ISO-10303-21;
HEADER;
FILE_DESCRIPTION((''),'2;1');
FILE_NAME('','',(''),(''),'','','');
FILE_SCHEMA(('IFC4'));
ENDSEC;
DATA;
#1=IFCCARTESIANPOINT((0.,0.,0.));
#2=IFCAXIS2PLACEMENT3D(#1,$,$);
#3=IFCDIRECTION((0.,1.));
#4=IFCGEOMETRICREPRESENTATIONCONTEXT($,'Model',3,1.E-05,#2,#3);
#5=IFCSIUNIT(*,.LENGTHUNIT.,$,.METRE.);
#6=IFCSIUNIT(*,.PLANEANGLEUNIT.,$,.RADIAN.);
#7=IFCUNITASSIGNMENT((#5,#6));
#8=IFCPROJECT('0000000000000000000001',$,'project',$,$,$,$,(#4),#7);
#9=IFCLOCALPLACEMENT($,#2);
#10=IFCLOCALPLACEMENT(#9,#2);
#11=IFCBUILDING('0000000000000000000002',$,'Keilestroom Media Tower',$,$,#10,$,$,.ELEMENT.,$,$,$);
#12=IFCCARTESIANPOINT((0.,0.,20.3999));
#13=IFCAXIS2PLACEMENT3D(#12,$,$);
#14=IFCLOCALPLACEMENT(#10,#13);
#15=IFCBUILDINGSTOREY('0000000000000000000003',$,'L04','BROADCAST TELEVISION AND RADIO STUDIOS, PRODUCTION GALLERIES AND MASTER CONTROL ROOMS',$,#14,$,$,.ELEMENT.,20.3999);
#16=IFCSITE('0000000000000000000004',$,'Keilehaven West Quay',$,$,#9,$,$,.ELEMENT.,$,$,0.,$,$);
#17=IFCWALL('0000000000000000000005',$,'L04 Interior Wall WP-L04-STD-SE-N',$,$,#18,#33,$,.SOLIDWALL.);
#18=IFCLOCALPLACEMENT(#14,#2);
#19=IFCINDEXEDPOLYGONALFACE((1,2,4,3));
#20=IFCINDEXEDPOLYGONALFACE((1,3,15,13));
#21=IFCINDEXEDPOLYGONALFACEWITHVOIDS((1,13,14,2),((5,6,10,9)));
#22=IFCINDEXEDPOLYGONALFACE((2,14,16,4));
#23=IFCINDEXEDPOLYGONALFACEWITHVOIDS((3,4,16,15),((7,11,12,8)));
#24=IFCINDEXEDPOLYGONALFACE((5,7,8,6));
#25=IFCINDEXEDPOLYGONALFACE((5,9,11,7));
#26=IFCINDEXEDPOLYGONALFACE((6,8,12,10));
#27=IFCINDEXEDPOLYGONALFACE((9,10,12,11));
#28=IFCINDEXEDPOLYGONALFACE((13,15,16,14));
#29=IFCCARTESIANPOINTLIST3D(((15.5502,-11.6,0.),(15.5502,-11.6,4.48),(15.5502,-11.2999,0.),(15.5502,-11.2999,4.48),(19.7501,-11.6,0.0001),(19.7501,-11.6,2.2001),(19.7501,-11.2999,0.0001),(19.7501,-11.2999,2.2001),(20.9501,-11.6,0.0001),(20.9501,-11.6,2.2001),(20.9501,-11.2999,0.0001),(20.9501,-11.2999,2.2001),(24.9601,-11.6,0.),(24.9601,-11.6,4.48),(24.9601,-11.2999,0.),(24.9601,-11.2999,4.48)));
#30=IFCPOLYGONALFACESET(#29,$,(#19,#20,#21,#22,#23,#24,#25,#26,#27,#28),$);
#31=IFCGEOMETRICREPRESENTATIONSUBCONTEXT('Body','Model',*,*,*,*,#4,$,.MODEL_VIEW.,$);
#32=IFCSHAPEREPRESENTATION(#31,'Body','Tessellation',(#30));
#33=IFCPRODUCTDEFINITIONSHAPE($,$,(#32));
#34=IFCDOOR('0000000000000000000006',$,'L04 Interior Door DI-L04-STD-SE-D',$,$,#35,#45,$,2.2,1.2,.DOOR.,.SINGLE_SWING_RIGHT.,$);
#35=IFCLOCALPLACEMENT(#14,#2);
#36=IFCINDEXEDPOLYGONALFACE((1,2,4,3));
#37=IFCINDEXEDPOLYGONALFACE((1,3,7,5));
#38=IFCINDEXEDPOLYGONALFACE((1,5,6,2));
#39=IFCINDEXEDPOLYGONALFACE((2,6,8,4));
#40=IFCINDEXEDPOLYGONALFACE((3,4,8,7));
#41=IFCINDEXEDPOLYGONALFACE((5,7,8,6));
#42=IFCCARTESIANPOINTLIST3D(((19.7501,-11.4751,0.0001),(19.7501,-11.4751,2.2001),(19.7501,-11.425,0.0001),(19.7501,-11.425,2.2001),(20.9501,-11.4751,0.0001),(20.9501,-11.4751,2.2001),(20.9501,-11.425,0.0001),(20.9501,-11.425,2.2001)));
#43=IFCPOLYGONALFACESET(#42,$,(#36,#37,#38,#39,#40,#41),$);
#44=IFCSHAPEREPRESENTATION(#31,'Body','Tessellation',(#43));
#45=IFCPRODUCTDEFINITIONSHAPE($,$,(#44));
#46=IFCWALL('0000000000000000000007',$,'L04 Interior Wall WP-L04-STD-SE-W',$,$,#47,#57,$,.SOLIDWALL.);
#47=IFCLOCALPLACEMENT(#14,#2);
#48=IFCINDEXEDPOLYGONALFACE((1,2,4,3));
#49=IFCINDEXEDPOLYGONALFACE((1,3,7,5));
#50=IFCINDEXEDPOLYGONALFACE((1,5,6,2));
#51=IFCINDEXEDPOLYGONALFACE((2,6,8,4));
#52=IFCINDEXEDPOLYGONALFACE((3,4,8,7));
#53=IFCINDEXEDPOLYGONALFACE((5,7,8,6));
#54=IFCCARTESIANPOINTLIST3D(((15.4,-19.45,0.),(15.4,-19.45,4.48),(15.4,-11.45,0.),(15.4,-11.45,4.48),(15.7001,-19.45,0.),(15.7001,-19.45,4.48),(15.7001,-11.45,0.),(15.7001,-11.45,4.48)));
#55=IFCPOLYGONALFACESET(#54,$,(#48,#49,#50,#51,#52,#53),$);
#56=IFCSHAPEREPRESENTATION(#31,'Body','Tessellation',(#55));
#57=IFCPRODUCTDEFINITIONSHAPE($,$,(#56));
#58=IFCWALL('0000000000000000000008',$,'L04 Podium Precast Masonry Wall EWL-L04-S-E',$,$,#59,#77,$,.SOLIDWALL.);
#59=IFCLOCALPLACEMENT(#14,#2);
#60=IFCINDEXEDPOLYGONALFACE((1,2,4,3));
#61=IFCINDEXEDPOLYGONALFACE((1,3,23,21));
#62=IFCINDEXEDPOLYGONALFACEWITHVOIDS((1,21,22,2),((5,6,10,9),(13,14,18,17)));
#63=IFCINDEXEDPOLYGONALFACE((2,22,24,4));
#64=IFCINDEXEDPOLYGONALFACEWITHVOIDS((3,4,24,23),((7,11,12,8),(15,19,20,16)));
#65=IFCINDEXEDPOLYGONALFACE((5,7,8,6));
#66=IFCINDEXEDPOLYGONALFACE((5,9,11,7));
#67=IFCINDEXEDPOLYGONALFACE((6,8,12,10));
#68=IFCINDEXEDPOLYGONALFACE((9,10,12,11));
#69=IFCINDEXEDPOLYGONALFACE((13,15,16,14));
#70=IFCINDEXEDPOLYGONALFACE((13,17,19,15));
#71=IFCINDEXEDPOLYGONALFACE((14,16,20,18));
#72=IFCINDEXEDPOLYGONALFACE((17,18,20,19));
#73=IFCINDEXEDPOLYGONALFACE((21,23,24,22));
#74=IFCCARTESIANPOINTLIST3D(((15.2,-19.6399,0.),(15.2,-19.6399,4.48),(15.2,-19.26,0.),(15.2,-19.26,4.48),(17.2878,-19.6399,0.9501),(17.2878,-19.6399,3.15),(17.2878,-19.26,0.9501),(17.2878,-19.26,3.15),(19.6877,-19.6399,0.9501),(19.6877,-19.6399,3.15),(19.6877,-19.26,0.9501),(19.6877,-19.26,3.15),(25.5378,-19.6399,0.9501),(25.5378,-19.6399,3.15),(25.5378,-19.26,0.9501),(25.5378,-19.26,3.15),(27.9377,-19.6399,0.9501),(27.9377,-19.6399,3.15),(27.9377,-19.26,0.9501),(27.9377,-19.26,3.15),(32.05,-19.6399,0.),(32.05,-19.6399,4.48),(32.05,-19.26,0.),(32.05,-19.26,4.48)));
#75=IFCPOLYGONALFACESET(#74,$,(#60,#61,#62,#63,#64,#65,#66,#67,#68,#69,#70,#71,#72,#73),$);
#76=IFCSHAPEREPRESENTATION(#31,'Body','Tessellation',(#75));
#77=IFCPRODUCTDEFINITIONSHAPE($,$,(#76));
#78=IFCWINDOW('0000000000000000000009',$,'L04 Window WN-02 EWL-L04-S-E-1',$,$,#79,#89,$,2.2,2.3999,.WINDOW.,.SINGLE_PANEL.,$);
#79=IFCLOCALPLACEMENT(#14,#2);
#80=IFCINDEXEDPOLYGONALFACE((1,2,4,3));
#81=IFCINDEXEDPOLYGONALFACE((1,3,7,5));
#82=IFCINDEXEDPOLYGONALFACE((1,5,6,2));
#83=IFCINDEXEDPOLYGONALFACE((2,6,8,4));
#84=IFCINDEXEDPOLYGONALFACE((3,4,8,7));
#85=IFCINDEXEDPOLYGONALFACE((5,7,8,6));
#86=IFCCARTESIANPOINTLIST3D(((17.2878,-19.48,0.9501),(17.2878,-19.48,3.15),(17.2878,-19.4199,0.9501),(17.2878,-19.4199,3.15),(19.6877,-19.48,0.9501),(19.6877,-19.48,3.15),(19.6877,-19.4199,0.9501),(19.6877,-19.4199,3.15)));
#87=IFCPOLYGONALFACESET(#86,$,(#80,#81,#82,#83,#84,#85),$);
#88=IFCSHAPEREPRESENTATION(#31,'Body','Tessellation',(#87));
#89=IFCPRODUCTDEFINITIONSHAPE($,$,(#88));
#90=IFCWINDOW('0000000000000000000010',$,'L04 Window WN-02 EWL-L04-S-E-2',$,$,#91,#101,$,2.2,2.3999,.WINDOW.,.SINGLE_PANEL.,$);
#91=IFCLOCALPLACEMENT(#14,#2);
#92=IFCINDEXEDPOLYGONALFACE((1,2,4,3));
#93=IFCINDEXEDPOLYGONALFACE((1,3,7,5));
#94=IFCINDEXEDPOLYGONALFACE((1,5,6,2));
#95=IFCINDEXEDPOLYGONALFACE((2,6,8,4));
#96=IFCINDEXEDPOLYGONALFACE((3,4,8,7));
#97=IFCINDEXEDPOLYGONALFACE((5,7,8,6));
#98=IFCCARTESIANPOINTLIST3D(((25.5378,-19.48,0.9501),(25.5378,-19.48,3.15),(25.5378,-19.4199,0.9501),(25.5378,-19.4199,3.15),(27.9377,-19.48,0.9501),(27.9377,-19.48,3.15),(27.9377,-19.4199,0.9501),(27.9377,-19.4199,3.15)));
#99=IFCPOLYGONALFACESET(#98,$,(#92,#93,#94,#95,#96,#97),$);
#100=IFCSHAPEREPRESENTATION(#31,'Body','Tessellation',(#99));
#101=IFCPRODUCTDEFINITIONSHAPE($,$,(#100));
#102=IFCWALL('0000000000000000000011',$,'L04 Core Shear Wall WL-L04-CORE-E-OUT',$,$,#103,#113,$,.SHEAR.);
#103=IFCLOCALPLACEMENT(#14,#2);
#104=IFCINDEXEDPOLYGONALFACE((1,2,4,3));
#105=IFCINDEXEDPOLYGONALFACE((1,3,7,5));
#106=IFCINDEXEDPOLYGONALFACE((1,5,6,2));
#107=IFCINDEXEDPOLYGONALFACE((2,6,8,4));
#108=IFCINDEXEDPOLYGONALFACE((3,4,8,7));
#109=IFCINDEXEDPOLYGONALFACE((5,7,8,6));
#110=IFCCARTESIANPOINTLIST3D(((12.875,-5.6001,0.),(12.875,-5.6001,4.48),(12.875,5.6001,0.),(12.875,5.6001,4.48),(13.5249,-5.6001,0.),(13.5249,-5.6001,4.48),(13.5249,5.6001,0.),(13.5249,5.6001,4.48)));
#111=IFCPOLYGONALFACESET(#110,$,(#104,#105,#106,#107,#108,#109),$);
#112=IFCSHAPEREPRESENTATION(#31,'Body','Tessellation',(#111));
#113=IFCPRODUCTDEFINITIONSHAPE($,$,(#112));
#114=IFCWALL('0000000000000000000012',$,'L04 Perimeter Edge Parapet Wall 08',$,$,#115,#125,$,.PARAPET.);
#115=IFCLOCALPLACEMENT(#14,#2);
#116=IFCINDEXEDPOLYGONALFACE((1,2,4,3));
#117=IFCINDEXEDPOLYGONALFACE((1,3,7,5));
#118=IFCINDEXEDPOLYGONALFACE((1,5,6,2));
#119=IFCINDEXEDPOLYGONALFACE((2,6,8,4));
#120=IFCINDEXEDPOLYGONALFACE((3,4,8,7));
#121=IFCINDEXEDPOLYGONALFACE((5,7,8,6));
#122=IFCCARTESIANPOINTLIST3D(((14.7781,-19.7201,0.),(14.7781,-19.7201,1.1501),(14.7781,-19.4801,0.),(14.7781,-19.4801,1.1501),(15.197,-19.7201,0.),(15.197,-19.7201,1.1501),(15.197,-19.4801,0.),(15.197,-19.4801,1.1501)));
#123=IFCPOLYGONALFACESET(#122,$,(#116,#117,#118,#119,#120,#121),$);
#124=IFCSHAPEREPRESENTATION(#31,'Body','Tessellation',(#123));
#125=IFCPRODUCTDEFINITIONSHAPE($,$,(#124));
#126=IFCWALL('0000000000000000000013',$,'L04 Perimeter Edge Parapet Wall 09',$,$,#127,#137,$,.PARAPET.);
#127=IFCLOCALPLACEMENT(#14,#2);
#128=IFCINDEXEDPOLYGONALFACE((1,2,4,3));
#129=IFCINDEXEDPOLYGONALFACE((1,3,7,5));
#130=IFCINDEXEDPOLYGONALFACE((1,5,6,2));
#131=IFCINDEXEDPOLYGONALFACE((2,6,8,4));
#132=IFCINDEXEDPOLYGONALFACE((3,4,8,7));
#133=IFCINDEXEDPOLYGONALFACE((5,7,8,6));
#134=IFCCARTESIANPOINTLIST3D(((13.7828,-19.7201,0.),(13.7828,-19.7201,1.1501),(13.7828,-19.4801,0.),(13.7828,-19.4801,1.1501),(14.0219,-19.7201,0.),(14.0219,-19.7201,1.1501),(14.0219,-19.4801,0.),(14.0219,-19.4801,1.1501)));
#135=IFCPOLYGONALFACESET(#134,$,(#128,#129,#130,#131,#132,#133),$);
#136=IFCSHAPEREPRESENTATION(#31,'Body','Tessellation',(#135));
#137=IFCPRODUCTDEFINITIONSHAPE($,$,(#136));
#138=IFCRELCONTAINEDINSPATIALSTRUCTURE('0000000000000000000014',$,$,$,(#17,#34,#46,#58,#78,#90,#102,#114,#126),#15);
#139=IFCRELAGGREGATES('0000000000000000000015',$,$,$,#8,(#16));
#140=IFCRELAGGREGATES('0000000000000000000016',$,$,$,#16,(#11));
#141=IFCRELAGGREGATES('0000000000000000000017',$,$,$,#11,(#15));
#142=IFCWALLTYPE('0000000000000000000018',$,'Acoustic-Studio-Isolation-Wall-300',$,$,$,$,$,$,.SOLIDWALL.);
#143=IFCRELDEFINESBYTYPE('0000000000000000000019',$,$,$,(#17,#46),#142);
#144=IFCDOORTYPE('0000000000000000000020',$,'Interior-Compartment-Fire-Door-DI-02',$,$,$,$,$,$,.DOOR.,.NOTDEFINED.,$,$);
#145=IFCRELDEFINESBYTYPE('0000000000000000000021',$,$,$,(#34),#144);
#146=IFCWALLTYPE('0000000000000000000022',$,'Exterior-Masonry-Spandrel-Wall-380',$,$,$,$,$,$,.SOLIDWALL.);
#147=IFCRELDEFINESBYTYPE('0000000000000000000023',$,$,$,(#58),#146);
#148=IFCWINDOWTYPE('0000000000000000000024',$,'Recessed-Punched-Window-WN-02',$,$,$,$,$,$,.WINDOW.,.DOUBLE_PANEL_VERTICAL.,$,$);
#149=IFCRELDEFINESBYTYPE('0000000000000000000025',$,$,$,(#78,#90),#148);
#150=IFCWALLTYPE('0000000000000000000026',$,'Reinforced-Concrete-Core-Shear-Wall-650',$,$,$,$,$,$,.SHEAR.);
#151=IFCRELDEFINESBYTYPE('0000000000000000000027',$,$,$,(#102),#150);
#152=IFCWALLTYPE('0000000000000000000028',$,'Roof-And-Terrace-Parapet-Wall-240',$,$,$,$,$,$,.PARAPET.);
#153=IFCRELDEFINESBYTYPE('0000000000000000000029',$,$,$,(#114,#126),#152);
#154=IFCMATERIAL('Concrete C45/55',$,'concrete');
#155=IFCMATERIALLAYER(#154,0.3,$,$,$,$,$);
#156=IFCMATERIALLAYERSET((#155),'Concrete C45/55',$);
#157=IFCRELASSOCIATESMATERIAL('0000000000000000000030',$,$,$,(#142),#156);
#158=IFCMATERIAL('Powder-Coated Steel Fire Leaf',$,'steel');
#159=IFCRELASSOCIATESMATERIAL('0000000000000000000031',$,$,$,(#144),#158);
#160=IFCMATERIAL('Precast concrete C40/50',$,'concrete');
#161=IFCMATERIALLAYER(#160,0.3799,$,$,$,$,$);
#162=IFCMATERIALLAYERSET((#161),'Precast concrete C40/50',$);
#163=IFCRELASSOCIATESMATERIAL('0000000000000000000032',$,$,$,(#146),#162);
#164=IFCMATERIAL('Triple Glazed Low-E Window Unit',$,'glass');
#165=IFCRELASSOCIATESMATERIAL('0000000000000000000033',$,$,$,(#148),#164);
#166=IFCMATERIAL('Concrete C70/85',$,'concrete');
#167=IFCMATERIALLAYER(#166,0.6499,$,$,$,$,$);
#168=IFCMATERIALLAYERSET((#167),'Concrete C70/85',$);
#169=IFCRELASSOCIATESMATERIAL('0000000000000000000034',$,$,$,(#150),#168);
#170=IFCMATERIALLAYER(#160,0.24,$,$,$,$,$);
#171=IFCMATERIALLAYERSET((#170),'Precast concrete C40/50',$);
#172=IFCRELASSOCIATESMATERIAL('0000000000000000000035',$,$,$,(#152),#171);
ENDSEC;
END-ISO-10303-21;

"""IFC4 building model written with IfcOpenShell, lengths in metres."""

from ifc_helpers import new_model, si_unit, direction, frame, frame_2d, origin, place, context, subcontext, project, spatial, rectangle, extrude, source, transform, mapped, material, layer, layer_set, type_object, element, fill, save


model = new_model("IFC4")

# Units and contexts
model_context = context("Model", 3, precision=1e-05, world=origin(), true_north=direction((0.0, 1.0)))
body_context = subcontext(model_context, "Body", "Model", "MODEL_VIEW")
ifc_project = project(units=[si_unit("LENGTHUNIT", "METRE"), si_unit("PLANEANGLEUNIT", "RADIAN")], contexts=[model_context])

# Site, building, storey
site_placement = place(None, origin())
site = spatial("IfcSite", under=ifc_project, at=site_placement, Name="Keilehaven West Quay", CompositionType="ELEMENT", RefElevation=0.0)
building_placement = place(site_placement, origin())
building = spatial("IfcBuilding", under=site, at=building_placement, Name="Keilestroom Media Tower", CompositionType="ELEMENT")
storey_placement = place(building_placement, frame((0.0, 0.0, 20.3999)))
storey = spatial("IfcBuildingStorey", under=building, at=storey_placement, Name="L04", Description="BROADCAST TELEVISION AND RADIO STUDIOS, PRODUCTION GALLERIES AND MASTER CONTROL ROOMS", CompositionType="ELEMENT", Elevation=20.3999)

# Shared definitions
ifc_material_1 = material(Name="Precast concrete C40/50", Category="concrete")
ifc_material_2 = material(Name="Concrete C70/85", Category="concrete")

# Wall, opening, door
ifc_material_3 = material(Name="Concrete C45/55", Category="concrete")
ifc_layer_1 = layer(ifc_material_3, 0.3)
ifc_layer_set_1 = layer_set([ifc_layer_1], Name="Concrete C45/55")
wall_type_1 = type_object("IfcWallType", Name="Acoustic-Studio-Isolation-Wall-300", PredefinedType="SOLIDWALL", material=ifc_layer_set_1)
wall_1_placement = place(storey_placement, frame((15.55, -11.45, 0.0), z_axis=(0.0, 0.0, 1.0), x_axis=(1.0, 0.0, 0.0)))
wall_1 = element("IfcWall", 1, at=wall_1_placement, inside=storey, type_object=wall_type_1, Name="L04 Interior Wall WP-L04-STD-SE-N", PredefinedType="SOLIDWALL", context=body_context, shape_type="SweptSolid", body=[
    extrude(rectangle(XDim=9.4099, YDim=0.3, at=frame_2d((4.7051, 0.0))), origin(), (0.0, 0.0, 1.0), 4.48),
])
opening_1_placement = place(wall_1_placement, frame((4.2, 0.0, 0.0)))
opening_1 = element("IfcOpeningElement", 2, at=opening_1_placement, cuts=wall_1, PredefinedType="OPENING", context=body_context, shape_type="SweptSolid", body=[
    extrude(rectangle(XDim=1.2, YDim=2.2, at=frame_2d((0.6001, 1.1001))), frame((0.0, 0.1602, 0.0), z_axis=(0.0, -1.0, 0.0), x_axis=(1.0, 0.0, 0.0)), (0.0, 0.0, 1.0), 0.3201),
])
ifc_material_4 = material(Name="Powder-Coated Steel Fire Leaf", Category="steel")
door_type = type_object("IfcDoorType", Name="Interior-Compartment-Fire-Door-DI-02", OperationType="NOTDEFINED", PredefinedType="DOOR", material=ifc_material_4)
shared_shape_1 = source(origin(), body_context, "Body", "SweptSolid", [
    extrude(rectangle(XDim=1.2, YDim=2.2, at=frame_2d((0.6001, 1.1001))), frame((0.0, 0.0249, 0.0), z_axis=(0.0, -1.0, 0.0), x_axis=(1.0, 0.0, 0.0)), (0.0, 0.0, 1.0), 0.05),
])
door_placement = place(opening_1_placement, origin())
door = element("IfcDoor", 3, at=door_placement, inside=storey, type_object=door_type, Name="L04 Interior Door DI-L04-STD-SE-D", OperationType="SINGLE_SWING_RIGHT", OverallHeight=2.2, OverallWidth=1.2, PredefinedType="DOOR", context=body_context, shape_type="MappedRepresentation", body=[
    mapped(shared_shape_1, transform((0.0, 0.0, 0.0), x_axis=(1.0, 0.0, 0.0), y_axis=(0.0, 1.0, 0.0), z_axis=(0.0, 0.0, 1.0), scale=1.0)),
])
fill(opening_1, door)

# Wall
wall_2_placement = place(storey_placement, frame((15.55, -19.45, 0.0), z_axis=(0.0, 0.0, 1.0), x_axis=(0.0, 1.0, 0.0)))
element("IfcWall", 4, at=wall_2_placement, inside=storey, type_object=wall_type_1, Name="L04 Interior Wall WP-L04-STD-SE-W", PredefinedType="SOLIDWALL", context=body_context, shape_type="SweptSolid", body=[
    extrude(rectangle(XDim=8.0, YDim=0.3, at=frame_2d((4.0, 0.0))), origin(), (0.0, 0.0, 1.0), 4.48),
])

# Wall, openings, windows
ifc_layer_2 = layer(ifc_material_1, 0.3799)
ifc_layer_set_2 = layer_set([ifc_layer_2], Name="Precast concrete C40/50")
wall_type_2 = type_object("IfcWallType", Name="Exterior-Masonry-Spandrel-Wall-380", PredefinedType="SOLIDWALL", material=ifc_layer_set_2)
wall_3_placement = place(storey_placement, frame((15.2, -19.45, 0.0), z_axis=(0.0, 0.0, 1.0), x_axis=(1.0, 0.0, 0.0)))
wall_3 = element("IfcWall", 5, at=wall_3_placement, inside=storey, type_object=wall_type_2, Name="L04 Podium Precast Masonry Wall EWL-L04-S-E", PredefinedType="SOLIDWALL", context=body_context, shape_type="SweptSolid", body=[
    extrude(rectangle(XDim=16.8501, YDim=0.3799, at=frame_2d((8.425, 0.0))), origin(), (0.0, 0.0, 1.0), 4.48),
])
opening_2_placement = place(wall_3_placement, frame((2.0879, 0.0, 0.95)))
opening_2 = element("IfcOpeningElement", 6, at=opening_2_placement, cuts=wall_3, PredefinedType="OPENING", context=body_context, shape_type="SweptSolid", body=[
    extrude(rectangle(XDim=2.3999, YDim=2.2, at=frame_2d((1.2, 1.1001))), frame((0.0, 0.2, 0.0), z_axis=(0.0, -1.0, 0.0), x_axis=(1.0, 0.0, 0.0)), (0.0, 0.0, 1.0), 0.3999),
])
opening_3_placement = place(wall_3_placement, frame((10.3379, 0.0, 0.95)))
opening_3 = element("IfcOpeningElement", 7, at=opening_3_placement, cuts=wall_3, PredefinedType="OPENING", context=body_context, shape_type="SweptSolid", body=[
    extrude(rectangle(XDim=2.3999, YDim=2.2, at=frame_2d((1.2, 1.1001))), frame((0.0, 0.2, 0.0), z_axis=(0.0, -1.0, 0.0), x_axis=(1.0, 0.0, 0.0)), (0.0, 0.0, 1.0), 0.3999),
])
ifc_material_5 = material(Name="Triple Glazed Low-E Window Unit", Category="glass")
window_type = type_object("IfcWindowType", Name="Recessed-Punched-Window-WN-02", PartitioningType="DOUBLE_PANEL_VERTICAL", PredefinedType="WINDOW", material=ifc_material_5)
shared_shape_2 = source(origin(), body_context, "Body", "SweptSolid", [
    extrude(rectangle(XDim=2.3999, YDim=2.2, at=frame_2d((1.2, 1.1001))), frame((0.0, 0.03, 0.0), z_axis=(0.0, -1.0, 0.0), x_axis=(1.0, 0.0, 0.0)), (0.0, 0.0, 1.0), 0.0601),
])
window_1_placement = place(opening_2_placement, origin())
window_1 = element("IfcWindow", 8, at=window_1_placement, inside=storey, type_object=window_type, Name="L04 Window WN-02 EWL-L04-S-E-1", OverallHeight=2.2, OverallWidth=2.3999, PartitioningType="SINGLE_PANEL", PredefinedType="WINDOW", context=body_context, shape_type="MappedRepresentation", body=[
    mapped(shared_shape_2, transform((0.0, 0.0, 0.0), x_axis=(1.0, 0.0, 0.0), y_axis=(0.0, 1.0, 0.0), z_axis=(0.0, 0.0, 1.0), scale=1.0)),
])
fill(opening_2, window_1)
window_2_placement = place(opening_3_placement, origin())
window_2 = element("IfcWindow", 9, at=window_2_placement, inside=storey, type_object=window_type, Name="L04 Window WN-02 EWL-L04-S-E-2", OverallHeight=2.2, OverallWidth=2.3999, PartitioningType="SINGLE_PANEL", PredefinedType="WINDOW", context=body_context, shape_type="MappedRepresentation", body=[
    mapped(shared_shape_2, transform((0.0, 0.0, 0.0), x_axis=(1.0, 0.0, 0.0), y_axis=(0.0, 1.0, 0.0), z_axis=(0.0, 0.0, 1.0), scale=1.0)),
])
fill(opening_3, window_2)

# Walls
ifc_layer_3 = layer(ifc_material_2, 0.6499)
ifc_layer_set_3 = layer_set([ifc_layer_3], Name="Concrete C70/85")
wall_type_3 = type_object("IfcWallType", Name="Reinforced-Concrete-Core-Shear-Wall-650", PredefinedType="SHEAR", material=ifc_layer_set_3)
wall_4_placement = place(storey_placement, frame((13.2, -5.6001, 0.0), z_axis=(0.0, 0.0, 1.0), x_axis=(0.0, 1.0, 0.0)))
element("IfcWall", 10, at=wall_4_placement, inside=storey, type_object=wall_type_3, Name="L04 Core Shear Wall WL-L04-CORE-E-OUT", PredefinedType="SHEAR", context=body_context, shape_type="SweptSolid", body=[
    extrude(rectangle(XDim=11.2002, YDim=0.6499, at=frame_2d((5.6001, 0.0))), origin(), (0.0, 0.0, 1.0), 4.48),
])
ifc_layer_4 = layer(ifc_material_1, 0.24)
ifc_layer_set_4 = layer_set([ifc_layer_4], Name="Precast concrete C40/50")
wall_type_4 = type_object("IfcWallType", Name="Roof-And-Terrace-Parapet-Wall-240", PredefinedType="PARAPET", material=ifc_layer_set_4)
wall_5_placement = place(storey_placement, frame((15.197, -19.6001, 0.0), z_axis=(0.0, 0.0, 1.0), x_axis=(-1.0, 0.0, 0.0)))
element("IfcWall", 11, at=wall_5_placement, inside=storey, type_object=wall_type_4, Name="L04 Perimeter Edge Parapet Wall 08", PredefinedType="PARAPET", context=body_context, shape_type="SweptSolid", body=[
    extrude(rectangle(XDim=0.4189, YDim=0.24, at=frame_2d((0.2095, 0.0))), origin(), (0.0, 0.0, 1.0), 1.1501),
])
wall_6_placement = place(storey_placement, frame((14.022, -19.6001, 0.0), z_axis=(0.0, 0.0, 1.0), x_axis=(-1.0, 0.0, 0.0)))
element("IfcWall", 12, at=wall_6_placement, inside=storey, type_object=wall_type_4, Name="L04 Perimeter Edge Parapet Wall 09", PredefinedType="PARAPET", context=body_context, shape_type="SweptSolid", body=[
    extrude(rectangle(XDim=0.239, YDim=0.24, at=frame_2d((0.1196, 0.0))), origin(), (0.0, 0.0, 1.0), 1.1501),
])

save(model, "model.ifc")
